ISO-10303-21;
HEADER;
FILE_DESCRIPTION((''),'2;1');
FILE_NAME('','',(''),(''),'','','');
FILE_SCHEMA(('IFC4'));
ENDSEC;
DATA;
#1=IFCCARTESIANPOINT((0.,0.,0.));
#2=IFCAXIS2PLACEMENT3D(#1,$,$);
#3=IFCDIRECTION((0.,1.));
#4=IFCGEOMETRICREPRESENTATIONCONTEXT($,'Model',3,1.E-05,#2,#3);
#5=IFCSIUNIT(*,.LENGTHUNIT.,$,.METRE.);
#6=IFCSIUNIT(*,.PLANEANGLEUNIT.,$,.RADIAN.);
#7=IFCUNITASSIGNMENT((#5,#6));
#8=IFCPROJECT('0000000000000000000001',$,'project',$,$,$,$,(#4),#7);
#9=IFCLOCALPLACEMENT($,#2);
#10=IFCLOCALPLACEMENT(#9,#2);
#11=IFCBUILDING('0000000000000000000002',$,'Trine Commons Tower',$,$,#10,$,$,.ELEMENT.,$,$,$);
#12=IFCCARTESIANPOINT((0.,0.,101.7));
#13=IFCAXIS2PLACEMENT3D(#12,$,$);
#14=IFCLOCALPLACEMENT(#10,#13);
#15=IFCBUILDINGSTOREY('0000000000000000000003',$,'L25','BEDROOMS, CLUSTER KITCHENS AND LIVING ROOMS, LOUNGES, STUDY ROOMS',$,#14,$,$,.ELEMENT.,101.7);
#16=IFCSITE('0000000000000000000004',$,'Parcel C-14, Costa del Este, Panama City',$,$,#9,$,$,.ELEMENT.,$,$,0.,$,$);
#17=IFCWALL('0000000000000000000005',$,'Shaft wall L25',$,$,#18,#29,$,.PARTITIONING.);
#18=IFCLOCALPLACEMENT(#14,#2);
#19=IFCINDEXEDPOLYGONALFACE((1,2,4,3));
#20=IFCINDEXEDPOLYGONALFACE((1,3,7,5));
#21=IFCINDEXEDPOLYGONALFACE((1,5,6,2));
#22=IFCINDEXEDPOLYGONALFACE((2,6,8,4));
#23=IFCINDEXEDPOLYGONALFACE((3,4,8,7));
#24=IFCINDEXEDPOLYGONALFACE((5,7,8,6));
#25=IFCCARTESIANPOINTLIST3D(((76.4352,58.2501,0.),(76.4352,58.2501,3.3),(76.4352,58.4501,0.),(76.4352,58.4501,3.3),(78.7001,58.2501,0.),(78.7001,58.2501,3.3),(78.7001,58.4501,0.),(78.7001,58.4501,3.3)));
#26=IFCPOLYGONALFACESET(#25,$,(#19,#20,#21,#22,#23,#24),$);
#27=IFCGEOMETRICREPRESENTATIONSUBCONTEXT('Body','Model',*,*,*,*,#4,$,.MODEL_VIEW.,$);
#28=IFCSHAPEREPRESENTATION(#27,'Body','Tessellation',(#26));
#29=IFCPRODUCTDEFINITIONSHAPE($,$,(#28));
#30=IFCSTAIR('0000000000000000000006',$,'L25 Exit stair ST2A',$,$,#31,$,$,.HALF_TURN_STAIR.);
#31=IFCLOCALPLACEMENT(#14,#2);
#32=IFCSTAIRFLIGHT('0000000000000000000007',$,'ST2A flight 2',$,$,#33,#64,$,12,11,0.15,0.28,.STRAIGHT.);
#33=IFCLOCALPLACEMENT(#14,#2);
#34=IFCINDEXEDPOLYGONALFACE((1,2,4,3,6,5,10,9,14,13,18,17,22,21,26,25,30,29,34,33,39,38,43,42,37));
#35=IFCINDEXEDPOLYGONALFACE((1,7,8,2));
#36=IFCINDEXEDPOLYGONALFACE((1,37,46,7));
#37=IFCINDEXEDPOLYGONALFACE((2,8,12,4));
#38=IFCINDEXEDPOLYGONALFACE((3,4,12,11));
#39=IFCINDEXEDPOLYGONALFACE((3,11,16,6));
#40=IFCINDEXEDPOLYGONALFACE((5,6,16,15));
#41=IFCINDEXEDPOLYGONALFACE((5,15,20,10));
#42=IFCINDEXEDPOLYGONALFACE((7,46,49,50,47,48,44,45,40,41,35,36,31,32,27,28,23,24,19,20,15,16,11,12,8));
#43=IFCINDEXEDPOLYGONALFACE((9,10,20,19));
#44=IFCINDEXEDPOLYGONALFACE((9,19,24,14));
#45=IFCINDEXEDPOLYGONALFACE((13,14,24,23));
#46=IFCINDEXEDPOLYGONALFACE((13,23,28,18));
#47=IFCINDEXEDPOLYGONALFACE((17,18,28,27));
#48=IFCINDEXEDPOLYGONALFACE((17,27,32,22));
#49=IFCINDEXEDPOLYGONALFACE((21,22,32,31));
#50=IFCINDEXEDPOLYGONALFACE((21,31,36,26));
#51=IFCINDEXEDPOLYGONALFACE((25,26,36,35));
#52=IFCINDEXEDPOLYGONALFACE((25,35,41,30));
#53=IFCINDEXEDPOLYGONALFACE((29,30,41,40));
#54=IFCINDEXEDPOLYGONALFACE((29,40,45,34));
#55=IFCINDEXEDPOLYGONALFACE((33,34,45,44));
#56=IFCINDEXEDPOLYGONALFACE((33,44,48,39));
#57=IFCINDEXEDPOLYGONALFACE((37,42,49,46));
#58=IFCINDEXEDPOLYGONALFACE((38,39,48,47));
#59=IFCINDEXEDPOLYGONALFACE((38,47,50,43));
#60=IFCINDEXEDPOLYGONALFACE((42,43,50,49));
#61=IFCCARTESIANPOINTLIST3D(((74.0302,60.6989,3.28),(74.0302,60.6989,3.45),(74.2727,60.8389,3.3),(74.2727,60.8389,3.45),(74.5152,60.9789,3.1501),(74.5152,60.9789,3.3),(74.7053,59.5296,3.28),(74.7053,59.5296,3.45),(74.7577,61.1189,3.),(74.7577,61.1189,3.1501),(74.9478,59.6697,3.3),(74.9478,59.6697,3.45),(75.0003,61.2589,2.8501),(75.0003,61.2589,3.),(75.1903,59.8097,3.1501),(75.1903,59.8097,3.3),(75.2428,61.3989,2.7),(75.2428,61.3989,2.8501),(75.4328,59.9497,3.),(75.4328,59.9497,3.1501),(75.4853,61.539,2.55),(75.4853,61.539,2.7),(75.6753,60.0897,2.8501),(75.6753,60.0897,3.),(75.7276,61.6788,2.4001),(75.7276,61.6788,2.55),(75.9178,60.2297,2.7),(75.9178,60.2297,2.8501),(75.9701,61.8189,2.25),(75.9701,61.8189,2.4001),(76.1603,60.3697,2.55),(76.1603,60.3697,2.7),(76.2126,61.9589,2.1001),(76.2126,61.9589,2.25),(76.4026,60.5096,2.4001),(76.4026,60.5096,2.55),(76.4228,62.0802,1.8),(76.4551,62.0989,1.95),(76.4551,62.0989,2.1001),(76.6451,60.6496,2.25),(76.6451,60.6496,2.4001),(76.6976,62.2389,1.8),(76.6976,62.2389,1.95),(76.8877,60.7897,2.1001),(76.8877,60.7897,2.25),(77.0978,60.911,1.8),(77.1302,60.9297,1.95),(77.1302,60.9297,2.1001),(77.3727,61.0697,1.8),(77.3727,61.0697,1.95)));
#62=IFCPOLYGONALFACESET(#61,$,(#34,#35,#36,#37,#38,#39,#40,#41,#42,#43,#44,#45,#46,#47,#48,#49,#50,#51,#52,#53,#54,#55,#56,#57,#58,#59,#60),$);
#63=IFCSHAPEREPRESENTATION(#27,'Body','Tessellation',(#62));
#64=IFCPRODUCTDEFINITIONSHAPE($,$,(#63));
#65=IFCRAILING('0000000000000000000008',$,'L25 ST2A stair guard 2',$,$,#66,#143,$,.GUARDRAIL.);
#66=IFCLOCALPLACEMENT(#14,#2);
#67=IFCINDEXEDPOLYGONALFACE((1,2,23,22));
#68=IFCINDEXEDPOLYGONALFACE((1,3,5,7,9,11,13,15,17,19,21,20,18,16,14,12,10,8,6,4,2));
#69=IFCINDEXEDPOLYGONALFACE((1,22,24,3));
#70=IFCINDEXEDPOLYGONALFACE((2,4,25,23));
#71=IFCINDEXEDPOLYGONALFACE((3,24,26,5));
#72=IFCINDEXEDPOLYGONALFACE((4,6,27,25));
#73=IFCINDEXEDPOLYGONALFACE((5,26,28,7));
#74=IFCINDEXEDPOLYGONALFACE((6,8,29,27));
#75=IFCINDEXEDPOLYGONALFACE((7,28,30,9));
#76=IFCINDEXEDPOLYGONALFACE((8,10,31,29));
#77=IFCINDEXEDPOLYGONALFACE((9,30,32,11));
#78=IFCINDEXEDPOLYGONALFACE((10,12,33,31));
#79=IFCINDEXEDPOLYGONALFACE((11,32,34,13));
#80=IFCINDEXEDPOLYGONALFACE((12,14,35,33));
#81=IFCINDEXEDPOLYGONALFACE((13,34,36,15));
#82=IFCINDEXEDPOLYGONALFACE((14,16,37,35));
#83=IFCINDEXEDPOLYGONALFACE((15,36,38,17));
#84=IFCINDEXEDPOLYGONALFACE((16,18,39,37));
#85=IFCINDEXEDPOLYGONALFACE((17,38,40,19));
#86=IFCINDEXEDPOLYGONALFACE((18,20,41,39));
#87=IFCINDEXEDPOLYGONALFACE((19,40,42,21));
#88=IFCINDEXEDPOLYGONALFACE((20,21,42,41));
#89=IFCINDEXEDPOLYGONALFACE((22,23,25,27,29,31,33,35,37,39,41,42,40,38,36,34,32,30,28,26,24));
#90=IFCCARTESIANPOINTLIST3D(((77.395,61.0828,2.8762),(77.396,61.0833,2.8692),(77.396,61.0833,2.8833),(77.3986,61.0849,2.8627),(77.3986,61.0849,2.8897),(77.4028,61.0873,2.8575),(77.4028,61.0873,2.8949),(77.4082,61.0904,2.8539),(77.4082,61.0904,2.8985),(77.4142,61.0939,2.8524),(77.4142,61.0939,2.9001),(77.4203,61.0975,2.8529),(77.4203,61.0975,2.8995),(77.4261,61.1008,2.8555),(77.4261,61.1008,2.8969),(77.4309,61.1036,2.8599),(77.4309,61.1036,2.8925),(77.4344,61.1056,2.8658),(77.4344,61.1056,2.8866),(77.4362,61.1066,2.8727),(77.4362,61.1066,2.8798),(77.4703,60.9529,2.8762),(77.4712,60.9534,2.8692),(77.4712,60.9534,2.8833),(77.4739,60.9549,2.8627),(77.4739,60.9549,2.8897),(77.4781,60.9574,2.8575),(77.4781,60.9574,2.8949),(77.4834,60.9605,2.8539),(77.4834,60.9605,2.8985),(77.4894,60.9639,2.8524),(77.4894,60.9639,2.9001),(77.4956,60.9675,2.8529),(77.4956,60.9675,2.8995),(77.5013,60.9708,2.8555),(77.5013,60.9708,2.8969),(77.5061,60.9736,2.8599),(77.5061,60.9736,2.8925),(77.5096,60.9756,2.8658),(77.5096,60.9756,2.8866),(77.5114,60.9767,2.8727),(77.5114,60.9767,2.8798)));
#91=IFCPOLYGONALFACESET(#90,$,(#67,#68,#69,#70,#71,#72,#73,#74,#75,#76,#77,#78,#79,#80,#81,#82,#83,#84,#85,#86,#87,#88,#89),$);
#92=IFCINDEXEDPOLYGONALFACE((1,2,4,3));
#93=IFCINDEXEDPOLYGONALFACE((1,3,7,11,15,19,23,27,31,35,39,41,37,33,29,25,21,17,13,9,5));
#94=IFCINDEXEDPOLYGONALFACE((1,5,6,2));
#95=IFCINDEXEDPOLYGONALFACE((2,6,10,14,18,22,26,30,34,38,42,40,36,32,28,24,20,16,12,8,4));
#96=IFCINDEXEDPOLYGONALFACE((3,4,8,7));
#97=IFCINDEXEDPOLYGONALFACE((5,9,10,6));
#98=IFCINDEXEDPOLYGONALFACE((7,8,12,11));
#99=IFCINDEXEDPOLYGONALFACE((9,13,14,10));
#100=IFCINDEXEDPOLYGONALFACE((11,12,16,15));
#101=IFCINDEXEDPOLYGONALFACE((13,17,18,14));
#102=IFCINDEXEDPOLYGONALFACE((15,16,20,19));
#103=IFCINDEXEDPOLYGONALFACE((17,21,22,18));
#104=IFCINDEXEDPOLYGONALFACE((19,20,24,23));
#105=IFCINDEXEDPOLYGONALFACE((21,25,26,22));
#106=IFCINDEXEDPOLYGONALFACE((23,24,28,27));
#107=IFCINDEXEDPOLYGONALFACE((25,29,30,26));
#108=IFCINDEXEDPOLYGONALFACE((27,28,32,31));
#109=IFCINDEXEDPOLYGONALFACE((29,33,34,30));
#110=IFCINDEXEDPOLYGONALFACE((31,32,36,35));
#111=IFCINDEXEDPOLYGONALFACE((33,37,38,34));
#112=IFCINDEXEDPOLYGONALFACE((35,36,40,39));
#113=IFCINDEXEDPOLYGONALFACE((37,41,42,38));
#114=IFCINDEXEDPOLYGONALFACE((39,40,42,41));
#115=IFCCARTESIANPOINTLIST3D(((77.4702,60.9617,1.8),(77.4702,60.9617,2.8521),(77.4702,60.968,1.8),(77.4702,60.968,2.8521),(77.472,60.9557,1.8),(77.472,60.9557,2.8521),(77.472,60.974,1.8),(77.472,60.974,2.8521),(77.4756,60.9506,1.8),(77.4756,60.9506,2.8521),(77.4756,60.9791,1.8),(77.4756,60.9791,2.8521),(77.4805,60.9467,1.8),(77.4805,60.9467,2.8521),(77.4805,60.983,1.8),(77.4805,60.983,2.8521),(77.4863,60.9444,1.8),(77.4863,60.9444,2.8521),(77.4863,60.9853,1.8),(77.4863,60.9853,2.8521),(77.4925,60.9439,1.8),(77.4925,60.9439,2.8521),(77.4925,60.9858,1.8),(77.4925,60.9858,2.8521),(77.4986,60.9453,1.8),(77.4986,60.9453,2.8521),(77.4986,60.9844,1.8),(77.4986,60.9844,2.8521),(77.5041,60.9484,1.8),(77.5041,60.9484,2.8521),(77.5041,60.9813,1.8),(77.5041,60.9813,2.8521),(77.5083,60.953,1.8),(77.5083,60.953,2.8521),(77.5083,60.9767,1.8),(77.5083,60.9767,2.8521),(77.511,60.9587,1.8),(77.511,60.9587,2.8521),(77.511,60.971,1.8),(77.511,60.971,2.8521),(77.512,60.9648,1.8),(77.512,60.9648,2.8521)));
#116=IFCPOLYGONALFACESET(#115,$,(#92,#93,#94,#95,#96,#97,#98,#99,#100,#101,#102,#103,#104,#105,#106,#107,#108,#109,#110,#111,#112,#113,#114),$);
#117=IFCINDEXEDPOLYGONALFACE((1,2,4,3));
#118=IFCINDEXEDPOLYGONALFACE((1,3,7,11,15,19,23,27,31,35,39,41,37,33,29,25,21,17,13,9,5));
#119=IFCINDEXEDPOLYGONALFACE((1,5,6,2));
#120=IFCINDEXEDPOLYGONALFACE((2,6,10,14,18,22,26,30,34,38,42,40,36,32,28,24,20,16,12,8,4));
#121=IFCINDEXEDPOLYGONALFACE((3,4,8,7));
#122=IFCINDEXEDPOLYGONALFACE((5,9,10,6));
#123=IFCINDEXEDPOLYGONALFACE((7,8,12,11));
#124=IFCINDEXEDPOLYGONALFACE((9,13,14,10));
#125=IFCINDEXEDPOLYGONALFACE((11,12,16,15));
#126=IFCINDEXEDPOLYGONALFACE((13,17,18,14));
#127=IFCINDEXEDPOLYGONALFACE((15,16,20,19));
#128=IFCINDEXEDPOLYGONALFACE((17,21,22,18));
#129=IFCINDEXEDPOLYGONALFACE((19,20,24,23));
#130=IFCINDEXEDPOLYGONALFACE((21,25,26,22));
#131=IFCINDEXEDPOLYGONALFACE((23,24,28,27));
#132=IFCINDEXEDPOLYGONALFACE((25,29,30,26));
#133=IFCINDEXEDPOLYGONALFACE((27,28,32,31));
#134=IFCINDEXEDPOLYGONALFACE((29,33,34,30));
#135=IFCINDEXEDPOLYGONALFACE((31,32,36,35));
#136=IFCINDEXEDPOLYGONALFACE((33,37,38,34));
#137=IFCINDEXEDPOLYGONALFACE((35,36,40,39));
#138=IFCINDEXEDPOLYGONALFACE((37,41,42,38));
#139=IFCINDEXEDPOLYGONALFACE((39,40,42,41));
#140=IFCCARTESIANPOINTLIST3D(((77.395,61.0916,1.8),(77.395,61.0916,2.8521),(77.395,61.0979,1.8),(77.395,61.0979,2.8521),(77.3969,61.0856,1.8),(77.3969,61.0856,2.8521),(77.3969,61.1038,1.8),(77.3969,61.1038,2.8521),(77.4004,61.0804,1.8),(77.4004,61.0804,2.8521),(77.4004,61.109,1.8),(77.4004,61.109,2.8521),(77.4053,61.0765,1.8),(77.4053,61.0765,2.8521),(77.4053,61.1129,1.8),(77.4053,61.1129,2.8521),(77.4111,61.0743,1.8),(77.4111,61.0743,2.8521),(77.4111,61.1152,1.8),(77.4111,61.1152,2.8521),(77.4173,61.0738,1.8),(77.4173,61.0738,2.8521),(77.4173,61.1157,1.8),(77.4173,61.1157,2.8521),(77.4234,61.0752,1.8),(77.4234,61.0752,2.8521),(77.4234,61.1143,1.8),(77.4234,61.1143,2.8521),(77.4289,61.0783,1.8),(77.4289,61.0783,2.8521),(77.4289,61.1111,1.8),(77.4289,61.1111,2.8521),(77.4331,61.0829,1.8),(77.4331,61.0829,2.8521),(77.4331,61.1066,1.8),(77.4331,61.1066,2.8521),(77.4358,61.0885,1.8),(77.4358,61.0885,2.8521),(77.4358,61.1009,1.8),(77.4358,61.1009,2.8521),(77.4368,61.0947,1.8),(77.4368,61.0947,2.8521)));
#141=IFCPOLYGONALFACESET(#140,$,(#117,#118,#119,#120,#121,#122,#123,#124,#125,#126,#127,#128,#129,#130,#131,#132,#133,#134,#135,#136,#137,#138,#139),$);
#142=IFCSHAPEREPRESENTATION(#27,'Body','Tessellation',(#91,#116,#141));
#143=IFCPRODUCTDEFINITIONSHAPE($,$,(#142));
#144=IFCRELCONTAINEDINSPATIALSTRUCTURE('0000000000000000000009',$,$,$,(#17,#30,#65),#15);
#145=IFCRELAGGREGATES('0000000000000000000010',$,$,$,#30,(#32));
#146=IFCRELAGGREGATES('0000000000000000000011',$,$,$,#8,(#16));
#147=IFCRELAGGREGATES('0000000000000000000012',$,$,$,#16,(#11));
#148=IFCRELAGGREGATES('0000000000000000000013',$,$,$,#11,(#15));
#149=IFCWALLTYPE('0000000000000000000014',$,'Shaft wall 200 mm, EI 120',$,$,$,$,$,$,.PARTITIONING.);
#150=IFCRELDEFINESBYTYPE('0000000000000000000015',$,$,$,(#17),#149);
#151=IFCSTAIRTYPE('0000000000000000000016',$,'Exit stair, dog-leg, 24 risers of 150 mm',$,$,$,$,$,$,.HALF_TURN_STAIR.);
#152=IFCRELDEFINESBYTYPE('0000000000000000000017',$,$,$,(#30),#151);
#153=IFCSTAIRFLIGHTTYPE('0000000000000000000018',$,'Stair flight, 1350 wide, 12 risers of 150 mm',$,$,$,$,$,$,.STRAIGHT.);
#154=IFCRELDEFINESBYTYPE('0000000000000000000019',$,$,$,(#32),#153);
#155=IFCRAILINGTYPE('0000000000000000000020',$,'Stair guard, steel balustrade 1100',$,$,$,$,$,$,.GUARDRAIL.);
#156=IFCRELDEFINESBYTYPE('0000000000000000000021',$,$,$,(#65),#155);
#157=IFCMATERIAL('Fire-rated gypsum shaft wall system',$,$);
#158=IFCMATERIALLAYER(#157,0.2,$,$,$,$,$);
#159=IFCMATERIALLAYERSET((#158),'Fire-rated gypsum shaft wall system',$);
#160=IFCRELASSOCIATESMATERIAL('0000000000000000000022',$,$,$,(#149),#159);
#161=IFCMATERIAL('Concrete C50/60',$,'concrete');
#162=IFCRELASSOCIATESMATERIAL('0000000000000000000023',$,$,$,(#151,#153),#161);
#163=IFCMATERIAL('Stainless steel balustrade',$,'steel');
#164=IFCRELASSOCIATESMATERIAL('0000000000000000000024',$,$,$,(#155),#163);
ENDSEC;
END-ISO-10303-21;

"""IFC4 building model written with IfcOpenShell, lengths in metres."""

from ifc_helpers import new_model, si_unit, direction, frame, frame_2d, origin, origin_2d, place, context, subcontext, project, spatial, polyline, rectangle, circle, outline, extrude, material, layer, layer_set, type_object, element, aggregate, save


model = new_model("IFC4")

# Units and contexts
model_context = context("Model", 3, precision=1e-05, world=origin(), true_north=direction((0.0, 1.0)))
body_context = subcontext(model_context, "Body", "Model", "MODEL_VIEW")
ifc_project = project(units=[si_unit("LENGTHUNIT", "METRE"), si_unit("PLANEANGLEUNIT", "RADIAN")], contexts=[model_context])

# Site, building, storey
site_placement = place(None, origin())
site = spatial("IfcSite", under=ifc_project, at=site_placement, Name="Parcel C-14, Costa del Este, Panama City", CompositionType="ELEMENT", RefElevation=0.0)
building_placement = place(site_placement, origin())
building = spatial("IfcBuilding", under=site, at=building_placement, Name="Trine Commons Tower", CompositionType="ELEMENT")
storey_placement = place(building_placement, frame((0.0, 0.0, 101.7)))
storey = spatial("IfcBuildingStorey", under=building, at=storey_placement, Name="L25", Description="BEDROOMS, CLUSTER KITCHENS AND LIVING ROOMS, LOUNGES, STUDY ROOMS", CompositionType="ELEMENT", Elevation=101.7)

# Shared definitions
ifc_material_1 = material(Name="Fire-rated gypsum shaft wall system")

# Wall
ifc_layer_1 = layer(ifc_material_1, 0.2)
ifc_layer_set_1 = layer_set([ifc_layer_1], Name="Fire-rated gypsum shaft wall system")
wall_type_1 = type_object("IfcWallType", Name="Shaft wall 200 mm, EI 120", PredefinedType="PARTITIONING", material=ifc_layer_set_1)
wall_1_placement = place(storey_placement, frame((78.7, 58.3501, 0.0), z_axis=(0.0, 0.0, 1.0), x_axis=(-1.0, 0.0, 0.0)))
element("IfcWall", 1, at=wall_1_placement, inside=storey, type_object=wall_type_1, Name="Shaft wall L25", PredefinedType="PARTITIONING", context=body_context, shape_type="SweptSolid", body=[
    extrude(rectangle(XDim=2.2649, YDim=0.2, at=frame_2d((1.1323, 0.0))), origin(), (0.0, 0.0, 1.0), 3.3),
])

# Stair, stair flight
ifc_material_2 = material(Name="Concrete C50/60", Category="concrete")
stair_type = type_object("IfcStairType", Name="Exit stair, dog-leg, 24 risers of 150 mm", PredefinedType="HALF_TURN_STAIR", material=ifc_material_2)
stair_placement = place(storey_placement, origin())
stair = element("IfcStair", 2, at=stair_placement, inside=storey, type_object=stair_type, Name="L25 Exit stair ST2A", PredefinedType="HALF_TURN_STAIR")
stair_flight_type = type_object("IfcStairFlightType", Name="Stair flight, 1350 wide, 12 risers of 150 mm", PredefinedType="STRAIGHT", material=ifc_material_2)
stair_flight_placement = place(storey_placement, frame((77.0352, 61.6543, 1.8), z_axis=(0.0, 0.0, 1.0), x_axis=(-0.866025, -0.5, 0.0)))
stair_flight = element("IfcStairFlight", 3, at=stair_flight_placement, type_object=stair_flight_type, Name="ST2A flight 2", NumberOfRisers=12, NumberOfTreads=11, PredefinedType="STRAIGHT", RiserHeight=0.15, TreadLength=0.28, context=body_context, shape_type="SweptSolid", body=[
    extrude(outline(polyline([(0.0, 0.0), (0.0, 0.1499), (0.28, 0.1499), (0.28, 0.3), (0.5601, 0.3), (0.5601, 0.45), (0.8401, 0.45), (0.8401, 0.6001), (1.1201, 0.6001), (1.1201, 0.75), (1.3999, 0.75), (1.3999, 0.8999), (1.6799, 0.8999), (1.6799, 1.05), (1.96, 1.05), (1.96, 1.2), (2.24, 1.2), (2.24, 1.3501), (2.52, 1.3501), (2.52, 1.5), (2.8, 1.5), (2.8, 1.6499), (3.0801, 1.6499), (3.0801, 1.8), (3.0801, 1.48), (0.3174, 0.0), (0.0, 0.0)])), frame((0.0, 0.675, 0.0), z_axis=(0.0, -1.0, 0.0), x_axis=(1.0, 0.0, 0.0)), (0.0, 0.0, 1.0), 1.3501),
])
aggregate(stair, [stair_flight])

# Railing
ifc_material_3 = material(Name="Stainless steel balustrade", Category="steel")
railing_type_1 = type_object("IfcRailingType", Name="Stair guard, steel balustrade 1100", PredefinedType="GUARDRAIL", material=ifc_material_3)
railing_1_placement = place(storey_placement, frame((77.491, 60.9648, 1.8)))
element("IfcRailing", 4, at=railing_1_placement, inside=storey, type_object=railing_type_1, Name="L25 ST2A stair guard 2", PredefinedType="GUARDRAIL", context=body_context, shape_type="SweptSolid", body=[
    extrude(circle(Radius=0.0239, at=origin_2d()), frame((0.0, 0.0, 1.0762), z_axis=(-0.501036, 0.865426, 0.0), x_axis=(-0.865426, -0.501036, 0.0)), (0.0, 0.0, 1.0), 0.1501),
    extrude(circle(Radius=0.021, at=origin_2d()), origin(), (0.0, 0.0, 1.0), 1.052),
    extrude(circle(Radius=0.021, at=origin_2d()), frame((-0.0752, 0.1299, 0.0)), (0.0, 0.0, 1.0), 1.052),
])

save(model, "model.ifc")
